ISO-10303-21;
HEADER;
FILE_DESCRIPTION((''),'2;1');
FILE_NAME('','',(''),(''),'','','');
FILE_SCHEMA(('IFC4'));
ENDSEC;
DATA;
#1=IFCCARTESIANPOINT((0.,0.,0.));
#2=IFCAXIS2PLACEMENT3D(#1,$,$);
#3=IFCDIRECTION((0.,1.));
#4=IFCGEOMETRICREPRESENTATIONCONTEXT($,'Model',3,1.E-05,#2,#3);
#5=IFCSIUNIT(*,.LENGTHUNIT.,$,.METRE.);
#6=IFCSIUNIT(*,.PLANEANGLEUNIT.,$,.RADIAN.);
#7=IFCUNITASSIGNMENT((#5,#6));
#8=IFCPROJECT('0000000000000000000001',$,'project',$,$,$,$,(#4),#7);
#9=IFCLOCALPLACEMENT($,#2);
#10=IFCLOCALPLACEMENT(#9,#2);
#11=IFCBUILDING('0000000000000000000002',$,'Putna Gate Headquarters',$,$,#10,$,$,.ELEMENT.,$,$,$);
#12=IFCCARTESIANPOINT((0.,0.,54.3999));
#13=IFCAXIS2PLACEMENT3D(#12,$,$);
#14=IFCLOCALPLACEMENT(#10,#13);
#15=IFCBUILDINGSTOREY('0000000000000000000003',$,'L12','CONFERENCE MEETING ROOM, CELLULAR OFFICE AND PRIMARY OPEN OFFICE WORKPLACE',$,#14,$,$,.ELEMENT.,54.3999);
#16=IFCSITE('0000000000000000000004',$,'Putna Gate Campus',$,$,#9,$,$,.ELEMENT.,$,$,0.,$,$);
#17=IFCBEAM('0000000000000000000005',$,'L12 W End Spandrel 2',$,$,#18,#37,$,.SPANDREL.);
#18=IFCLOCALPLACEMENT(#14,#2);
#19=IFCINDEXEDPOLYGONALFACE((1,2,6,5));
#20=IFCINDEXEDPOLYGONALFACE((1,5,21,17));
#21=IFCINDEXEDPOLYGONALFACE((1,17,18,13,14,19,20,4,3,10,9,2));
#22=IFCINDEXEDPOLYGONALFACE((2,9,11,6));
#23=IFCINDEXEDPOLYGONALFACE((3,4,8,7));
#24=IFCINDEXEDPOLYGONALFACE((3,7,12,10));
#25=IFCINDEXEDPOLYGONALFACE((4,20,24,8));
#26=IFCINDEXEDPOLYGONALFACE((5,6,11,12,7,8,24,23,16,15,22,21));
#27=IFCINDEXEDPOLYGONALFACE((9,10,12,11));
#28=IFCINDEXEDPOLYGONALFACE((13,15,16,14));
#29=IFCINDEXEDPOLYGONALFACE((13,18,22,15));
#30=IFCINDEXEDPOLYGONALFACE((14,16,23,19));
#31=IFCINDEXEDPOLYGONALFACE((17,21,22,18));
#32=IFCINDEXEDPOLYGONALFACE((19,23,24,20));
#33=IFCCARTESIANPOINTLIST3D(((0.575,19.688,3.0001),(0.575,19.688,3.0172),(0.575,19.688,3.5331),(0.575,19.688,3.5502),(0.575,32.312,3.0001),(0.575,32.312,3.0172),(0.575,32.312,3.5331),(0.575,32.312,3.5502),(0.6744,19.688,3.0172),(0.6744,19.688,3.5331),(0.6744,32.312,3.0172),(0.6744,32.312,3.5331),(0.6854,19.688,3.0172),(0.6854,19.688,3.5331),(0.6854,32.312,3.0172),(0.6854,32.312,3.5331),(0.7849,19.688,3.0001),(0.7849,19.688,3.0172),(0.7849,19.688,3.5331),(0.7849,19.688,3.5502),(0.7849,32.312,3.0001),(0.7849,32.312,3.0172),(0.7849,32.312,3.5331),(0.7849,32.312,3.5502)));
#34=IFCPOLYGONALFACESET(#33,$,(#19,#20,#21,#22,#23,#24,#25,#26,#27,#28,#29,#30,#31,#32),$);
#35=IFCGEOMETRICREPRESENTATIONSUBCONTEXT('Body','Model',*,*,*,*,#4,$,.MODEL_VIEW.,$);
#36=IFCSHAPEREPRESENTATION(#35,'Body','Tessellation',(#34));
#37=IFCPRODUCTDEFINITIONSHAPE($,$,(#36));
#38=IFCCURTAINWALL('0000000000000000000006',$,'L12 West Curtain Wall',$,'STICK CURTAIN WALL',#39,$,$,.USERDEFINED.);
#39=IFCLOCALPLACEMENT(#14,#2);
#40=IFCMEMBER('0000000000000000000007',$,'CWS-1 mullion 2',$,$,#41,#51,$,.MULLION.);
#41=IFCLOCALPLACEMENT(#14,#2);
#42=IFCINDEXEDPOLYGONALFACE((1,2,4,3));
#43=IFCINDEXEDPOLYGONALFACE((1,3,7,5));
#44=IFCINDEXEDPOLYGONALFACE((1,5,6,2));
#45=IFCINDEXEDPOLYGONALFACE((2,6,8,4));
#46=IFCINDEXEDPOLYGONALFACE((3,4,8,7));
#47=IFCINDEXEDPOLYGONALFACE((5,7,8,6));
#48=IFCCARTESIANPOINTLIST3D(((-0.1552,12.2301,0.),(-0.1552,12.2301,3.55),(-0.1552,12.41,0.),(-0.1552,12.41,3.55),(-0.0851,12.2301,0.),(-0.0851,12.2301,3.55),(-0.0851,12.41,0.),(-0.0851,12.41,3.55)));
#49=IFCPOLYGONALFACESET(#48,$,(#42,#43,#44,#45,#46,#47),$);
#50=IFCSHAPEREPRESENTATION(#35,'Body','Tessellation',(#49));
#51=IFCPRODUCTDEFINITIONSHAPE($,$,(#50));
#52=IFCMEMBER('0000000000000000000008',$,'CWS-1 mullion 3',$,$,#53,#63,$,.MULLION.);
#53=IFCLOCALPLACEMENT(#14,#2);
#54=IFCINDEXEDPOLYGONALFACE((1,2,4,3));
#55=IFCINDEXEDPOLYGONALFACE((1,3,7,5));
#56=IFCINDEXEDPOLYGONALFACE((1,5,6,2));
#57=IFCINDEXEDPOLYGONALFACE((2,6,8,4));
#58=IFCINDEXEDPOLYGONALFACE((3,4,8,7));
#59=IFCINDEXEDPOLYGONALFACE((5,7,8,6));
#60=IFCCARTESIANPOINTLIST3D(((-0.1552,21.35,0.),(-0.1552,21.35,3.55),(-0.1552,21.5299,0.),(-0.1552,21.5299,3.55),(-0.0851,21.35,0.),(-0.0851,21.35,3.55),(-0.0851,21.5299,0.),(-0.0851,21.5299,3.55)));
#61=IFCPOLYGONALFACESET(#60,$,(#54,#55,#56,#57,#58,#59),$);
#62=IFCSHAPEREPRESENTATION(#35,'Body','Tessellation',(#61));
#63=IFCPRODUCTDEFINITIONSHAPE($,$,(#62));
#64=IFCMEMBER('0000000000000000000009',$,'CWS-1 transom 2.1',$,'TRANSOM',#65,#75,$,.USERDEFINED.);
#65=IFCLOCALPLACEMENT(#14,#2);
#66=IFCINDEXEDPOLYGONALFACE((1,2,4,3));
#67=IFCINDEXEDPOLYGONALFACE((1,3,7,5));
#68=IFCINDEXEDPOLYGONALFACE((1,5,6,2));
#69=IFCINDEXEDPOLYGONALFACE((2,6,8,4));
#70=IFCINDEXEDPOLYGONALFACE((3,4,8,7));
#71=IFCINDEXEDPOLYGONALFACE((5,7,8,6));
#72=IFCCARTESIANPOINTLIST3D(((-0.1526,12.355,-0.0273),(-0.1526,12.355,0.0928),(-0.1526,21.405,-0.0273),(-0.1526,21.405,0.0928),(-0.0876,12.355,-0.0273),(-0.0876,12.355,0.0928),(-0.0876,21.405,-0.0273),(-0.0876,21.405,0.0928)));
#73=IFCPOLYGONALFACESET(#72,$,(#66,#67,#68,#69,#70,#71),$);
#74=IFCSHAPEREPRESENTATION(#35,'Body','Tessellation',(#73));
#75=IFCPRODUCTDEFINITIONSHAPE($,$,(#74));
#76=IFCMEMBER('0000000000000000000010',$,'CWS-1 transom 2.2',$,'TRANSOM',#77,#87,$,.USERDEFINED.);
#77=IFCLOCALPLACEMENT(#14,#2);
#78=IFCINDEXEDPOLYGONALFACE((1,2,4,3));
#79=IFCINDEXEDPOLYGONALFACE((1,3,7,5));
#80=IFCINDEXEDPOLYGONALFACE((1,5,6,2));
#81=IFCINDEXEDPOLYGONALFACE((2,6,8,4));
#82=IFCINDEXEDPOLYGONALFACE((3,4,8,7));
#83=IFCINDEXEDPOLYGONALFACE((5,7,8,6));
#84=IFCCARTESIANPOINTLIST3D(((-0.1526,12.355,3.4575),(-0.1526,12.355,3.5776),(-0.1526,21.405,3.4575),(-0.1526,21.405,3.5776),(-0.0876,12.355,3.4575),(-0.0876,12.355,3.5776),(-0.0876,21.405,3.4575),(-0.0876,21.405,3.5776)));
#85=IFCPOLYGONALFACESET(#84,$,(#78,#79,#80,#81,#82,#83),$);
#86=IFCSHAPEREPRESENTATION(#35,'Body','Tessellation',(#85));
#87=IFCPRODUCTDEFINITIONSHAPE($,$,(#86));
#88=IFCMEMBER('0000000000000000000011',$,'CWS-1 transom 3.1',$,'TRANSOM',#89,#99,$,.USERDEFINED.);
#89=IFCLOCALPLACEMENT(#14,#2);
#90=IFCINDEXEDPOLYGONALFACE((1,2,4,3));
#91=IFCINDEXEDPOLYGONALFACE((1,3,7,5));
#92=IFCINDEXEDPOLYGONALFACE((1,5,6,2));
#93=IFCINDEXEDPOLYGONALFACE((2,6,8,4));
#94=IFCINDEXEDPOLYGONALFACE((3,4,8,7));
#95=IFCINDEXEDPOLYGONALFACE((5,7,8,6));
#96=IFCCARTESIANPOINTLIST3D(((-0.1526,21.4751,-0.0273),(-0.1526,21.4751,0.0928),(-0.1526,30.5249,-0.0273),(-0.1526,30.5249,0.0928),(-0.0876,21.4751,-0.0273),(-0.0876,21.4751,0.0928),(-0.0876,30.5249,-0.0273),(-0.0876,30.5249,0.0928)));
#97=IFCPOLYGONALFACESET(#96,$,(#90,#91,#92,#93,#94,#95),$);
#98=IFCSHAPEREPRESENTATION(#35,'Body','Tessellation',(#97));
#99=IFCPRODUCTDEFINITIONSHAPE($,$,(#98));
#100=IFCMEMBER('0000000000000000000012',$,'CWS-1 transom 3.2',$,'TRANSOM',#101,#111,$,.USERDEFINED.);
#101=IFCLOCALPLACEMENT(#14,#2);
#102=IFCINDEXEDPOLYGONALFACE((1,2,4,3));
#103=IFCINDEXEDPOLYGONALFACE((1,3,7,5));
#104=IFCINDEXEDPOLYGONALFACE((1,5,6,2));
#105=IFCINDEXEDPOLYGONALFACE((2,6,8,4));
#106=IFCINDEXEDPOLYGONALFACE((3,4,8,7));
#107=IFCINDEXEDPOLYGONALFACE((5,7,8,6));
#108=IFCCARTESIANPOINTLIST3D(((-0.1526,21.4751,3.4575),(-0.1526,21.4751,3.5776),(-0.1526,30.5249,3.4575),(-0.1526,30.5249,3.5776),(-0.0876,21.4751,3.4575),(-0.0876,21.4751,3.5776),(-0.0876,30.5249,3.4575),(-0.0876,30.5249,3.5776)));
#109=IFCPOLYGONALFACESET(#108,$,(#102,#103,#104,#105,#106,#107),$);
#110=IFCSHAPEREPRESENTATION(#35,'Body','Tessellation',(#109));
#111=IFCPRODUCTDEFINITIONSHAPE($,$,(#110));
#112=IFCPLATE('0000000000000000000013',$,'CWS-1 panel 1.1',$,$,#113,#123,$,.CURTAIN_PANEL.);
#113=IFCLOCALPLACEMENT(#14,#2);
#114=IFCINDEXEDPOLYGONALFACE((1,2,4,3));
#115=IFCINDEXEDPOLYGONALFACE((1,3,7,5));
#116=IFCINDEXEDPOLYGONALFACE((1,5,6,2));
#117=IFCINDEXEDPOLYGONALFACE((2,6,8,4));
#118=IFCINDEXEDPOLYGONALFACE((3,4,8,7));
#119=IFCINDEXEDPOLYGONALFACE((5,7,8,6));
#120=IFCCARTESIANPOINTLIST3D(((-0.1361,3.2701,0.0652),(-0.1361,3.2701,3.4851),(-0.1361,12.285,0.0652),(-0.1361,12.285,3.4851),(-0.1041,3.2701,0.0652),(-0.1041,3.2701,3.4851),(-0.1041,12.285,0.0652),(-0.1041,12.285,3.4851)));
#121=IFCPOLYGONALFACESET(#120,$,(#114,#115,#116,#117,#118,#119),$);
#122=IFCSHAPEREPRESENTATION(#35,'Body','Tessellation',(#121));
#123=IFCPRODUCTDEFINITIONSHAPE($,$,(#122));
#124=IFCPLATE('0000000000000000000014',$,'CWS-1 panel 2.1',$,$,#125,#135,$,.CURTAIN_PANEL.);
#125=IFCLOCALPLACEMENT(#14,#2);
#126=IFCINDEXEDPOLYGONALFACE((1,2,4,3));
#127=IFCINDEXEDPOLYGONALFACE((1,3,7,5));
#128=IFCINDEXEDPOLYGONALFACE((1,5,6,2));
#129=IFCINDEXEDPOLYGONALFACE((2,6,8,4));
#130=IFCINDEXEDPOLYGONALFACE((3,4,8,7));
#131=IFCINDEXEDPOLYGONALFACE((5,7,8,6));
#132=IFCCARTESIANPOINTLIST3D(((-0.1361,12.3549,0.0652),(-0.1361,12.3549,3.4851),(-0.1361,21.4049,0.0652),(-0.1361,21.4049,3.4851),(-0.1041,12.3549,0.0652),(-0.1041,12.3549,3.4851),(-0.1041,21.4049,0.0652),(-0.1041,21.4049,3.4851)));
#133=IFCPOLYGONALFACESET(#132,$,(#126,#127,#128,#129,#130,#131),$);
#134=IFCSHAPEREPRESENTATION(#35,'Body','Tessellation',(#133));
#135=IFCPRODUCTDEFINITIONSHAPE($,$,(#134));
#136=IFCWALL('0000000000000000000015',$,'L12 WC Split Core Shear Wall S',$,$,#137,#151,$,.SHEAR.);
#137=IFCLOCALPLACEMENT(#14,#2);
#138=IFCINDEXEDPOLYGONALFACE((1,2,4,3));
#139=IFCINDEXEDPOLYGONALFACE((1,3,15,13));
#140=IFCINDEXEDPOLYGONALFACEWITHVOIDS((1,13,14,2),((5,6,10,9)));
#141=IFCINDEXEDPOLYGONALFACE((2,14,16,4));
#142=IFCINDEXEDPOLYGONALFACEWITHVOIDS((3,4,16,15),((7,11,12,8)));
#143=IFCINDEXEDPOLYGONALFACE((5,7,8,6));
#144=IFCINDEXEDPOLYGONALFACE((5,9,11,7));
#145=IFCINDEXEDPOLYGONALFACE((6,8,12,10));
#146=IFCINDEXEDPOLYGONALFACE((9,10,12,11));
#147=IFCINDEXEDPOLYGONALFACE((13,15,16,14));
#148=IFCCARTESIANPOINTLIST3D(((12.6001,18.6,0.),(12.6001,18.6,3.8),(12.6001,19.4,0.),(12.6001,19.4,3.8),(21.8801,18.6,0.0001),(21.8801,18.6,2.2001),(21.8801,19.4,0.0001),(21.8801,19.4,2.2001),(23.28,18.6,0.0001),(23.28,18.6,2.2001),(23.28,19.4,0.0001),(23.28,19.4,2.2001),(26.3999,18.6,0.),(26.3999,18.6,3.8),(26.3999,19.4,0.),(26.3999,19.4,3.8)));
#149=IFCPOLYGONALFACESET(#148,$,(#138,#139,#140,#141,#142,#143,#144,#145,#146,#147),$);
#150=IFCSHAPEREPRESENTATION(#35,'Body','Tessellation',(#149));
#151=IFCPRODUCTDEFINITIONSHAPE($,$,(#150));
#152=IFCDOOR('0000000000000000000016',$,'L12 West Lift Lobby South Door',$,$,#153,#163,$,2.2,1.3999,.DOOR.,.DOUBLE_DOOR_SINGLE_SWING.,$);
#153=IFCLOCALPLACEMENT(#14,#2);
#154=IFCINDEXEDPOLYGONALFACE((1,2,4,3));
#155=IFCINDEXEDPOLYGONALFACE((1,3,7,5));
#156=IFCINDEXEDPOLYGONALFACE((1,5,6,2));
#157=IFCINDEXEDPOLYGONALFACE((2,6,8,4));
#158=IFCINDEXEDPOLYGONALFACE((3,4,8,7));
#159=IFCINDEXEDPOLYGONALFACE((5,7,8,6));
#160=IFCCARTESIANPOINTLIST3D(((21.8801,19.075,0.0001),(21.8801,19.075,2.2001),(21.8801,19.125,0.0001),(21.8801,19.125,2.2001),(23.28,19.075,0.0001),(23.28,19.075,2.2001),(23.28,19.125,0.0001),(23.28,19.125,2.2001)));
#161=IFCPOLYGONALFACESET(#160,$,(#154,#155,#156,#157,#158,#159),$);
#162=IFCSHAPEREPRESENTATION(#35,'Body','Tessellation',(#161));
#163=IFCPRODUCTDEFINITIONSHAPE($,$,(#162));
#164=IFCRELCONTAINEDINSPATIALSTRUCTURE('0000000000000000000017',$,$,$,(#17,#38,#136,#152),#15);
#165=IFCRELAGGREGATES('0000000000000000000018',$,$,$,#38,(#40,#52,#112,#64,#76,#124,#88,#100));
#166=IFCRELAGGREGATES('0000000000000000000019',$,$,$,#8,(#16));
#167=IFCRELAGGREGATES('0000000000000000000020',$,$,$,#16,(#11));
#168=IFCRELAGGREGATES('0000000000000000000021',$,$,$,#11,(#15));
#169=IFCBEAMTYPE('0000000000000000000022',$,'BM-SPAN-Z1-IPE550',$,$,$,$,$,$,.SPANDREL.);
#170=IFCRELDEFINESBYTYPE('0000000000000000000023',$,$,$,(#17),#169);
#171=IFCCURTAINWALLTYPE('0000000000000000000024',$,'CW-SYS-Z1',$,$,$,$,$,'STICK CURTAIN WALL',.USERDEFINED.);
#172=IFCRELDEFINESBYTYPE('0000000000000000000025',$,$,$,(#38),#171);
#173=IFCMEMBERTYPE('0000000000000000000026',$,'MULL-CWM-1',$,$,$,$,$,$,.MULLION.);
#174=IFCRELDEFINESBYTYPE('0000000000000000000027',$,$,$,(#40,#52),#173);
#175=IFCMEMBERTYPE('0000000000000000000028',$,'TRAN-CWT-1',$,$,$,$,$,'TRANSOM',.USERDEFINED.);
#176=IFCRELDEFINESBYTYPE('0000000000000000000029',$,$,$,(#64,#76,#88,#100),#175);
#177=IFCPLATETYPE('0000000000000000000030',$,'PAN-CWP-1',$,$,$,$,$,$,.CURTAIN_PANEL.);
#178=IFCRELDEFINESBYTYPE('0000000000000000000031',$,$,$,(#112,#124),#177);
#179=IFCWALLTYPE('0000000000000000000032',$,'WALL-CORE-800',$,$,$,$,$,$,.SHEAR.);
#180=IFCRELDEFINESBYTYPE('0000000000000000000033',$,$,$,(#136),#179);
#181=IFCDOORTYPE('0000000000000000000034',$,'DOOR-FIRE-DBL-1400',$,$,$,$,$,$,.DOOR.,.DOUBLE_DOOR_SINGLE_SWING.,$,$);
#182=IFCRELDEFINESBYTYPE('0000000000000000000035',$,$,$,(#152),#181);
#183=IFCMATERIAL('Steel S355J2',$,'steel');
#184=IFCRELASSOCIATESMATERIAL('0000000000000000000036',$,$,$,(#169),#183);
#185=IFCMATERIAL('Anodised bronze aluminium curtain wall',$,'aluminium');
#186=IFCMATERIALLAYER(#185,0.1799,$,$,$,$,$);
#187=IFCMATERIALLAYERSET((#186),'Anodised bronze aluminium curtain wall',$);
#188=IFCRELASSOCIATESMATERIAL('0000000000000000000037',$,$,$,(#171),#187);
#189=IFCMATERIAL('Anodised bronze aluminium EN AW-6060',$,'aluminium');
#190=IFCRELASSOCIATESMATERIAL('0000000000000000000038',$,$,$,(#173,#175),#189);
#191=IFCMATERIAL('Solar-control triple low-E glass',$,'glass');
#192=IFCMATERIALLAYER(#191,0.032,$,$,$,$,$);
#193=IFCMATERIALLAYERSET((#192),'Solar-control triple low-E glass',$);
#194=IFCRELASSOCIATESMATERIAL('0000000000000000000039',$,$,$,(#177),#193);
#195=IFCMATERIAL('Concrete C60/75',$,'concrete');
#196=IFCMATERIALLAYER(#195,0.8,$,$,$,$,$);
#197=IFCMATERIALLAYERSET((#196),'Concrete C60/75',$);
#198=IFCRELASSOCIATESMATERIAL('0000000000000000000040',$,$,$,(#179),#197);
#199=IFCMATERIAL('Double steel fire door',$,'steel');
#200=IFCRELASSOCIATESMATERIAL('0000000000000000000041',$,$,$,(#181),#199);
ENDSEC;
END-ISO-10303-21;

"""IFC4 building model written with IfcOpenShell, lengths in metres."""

from ifc_helpers import new_model, si_unit, direction, frame, frame_2d, origin, origin_2d, place, context, subcontext, project, spatial, rectangle, i_section, extrude, material, layer, layer_set, material_profile, profile_set, type_object, element, fill, aggregate, save


model = new_model("IFC4")

# Units and contexts
model_context = context("Model", 3, precision=1e-05, world=origin(), true_north=direction((0.0, 1.0)))
body_context = subcontext(model_context, "Body", "Model", "MODEL_VIEW")
ifc_project = project(units=[si_unit("LENGTHUNIT", "METRE"), si_unit("PLANEANGLEUNIT", "RADIAN")], contexts=[model_context])

# Site, building, storey
site_placement = place(None, origin())
site = spatial("IfcSite", under=ifc_project, at=site_placement, Name="Putna Gate Campus", CompositionType="ELEMENT", RefElevation=0.0)
building_placement = place(site_placement, origin())
building = spatial("IfcBuilding", under=site, at=building_placement, Name="Putna Gate Headquarters", CompositionType="ELEMENT")
storey_placement = place(building_placement, frame((0.0, 0.0, 54.3999)))
storey = spatial("IfcBuildingStorey", under=building, at=storey_placement, Name="L12", Description="CONFERENCE MEETING ROOM, CELLULAR OFFICE AND PRIMARY OPEN OFFICE WORKPLACE", CompositionType="ELEMENT", Elevation=54.3999)

# Shared definitions
ifc_material_1 = material(Name="Concrete C60/75", Category="concrete")

# Beam
ifc_material_2 = material(Name="Steel S355J2", Category="steel")
ifc_material_profile_1 = material_profile(ifc_material_2, i_section(OverallWidth=0.21, OverallDepth=0.55, WebThickness=0.011, FlangeThickness=0.0171, at=origin_2d()), Name="Steel S355J2")
ifc_profile_set_1 = profile_set([ifc_material_profile_1], Name="Steel S355J2")
beam_type_1 = type_object("IfcBeamType", Name="BM-SPAN-Z1-IPE550", PredefinedType="SPANDREL", material=ifc_profile_set_1)
beam_1_placement = place(storey_placement, frame((0.6799, 19.688, 3.2751), z_axis=(0.0, 1.0, 0.0), x_axis=(-1.0, 0.0, 0.0)))
element("IfcBeam", 1, at=beam_1_placement, inside=storey, type_object=beam_type_1, Name="L12 W End Spandrel 2", PredefinedType="SPANDREL", context=body_context, shape_type="SweptSolid", body=[
    extrude(i_section(OverallWidth=0.21, OverallDepth=0.55, WebThickness=0.011, FlangeThickness=0.0171, at=origin_2d()), origin(), (0.0, 0.0, 1.0), 12.624),
])

# Curtain wall, members, plates
ifc_material_3 = material(Name="Anodised bronze aluminium curtain wall", Category="aluminium")
ifc_layer_1 = layer(ifc_material_3, 0.1799)
ifc_layer_set_1 = layer_set([ifc_layer_1], Name="Anodised bronze aluminium curtain wall")
curtain_wall_type = type_object("IfcCurtainWallType", Name="CW-SYS-Z1", ElementType="STICK CURTAIN WALL", PredefinedType="USERDEFINED", material=ifc_layer_set_1)
curtain_wall_placement = place(storey_placement, origin())
curtain_wall = element("IfcCurtainWall", 2, at=curtain_wall_placement, inside=storey, type_object=curtain_wall_type, Name="L12 West Curtain Wall", ObjectType="STICK CURTAIN WALL", PredefinedType="USERDEFINED")
ifc_material_4 = material(Name="Anodised bronze aluminium EN AW-6060", Category="aluminium")
ifc_material_profile_2 = material_profile(ifc_material_4, rectangle(XDim=0.0701, YDim=0.1799, at=origin_2d()), Name="Anodised bronze aluminium EN AW-6060")
ifc_profile_set_2 = profile_set([ifc_material_profile_2], Name="Anodised bronze aluminium EN AW-6060")
member_type_1 = type_object("IfcMemberType", Name="MULL-CWM-1", PredefinedType="MULLION", material=ifc_profile_set_2)
member_1_placement = place(storey_placement, frame((-0.1201, 12.3201, 0.0), z_axis=(0.0, 0.0, 1.0), x_axis=(-1.0, 0.0, 0.0)))
member_1 = element("IfcMember", 3, at=member_1_placement, type_object=member_type_1, Name="CWS-1 mullion 2", PredefinedType="MULLION", context=body_context, shape_type="SweptSolid", body=[
    extrude(rectangle(XDim=0.0701, YDim=0.1799, at=origin_2d()), origin(), (0.0, 0.0, 1.0), 3.55),
])
member_2_placement = place(storey_placement, frame((-0.1201, 21.4399, 0.0), z_axis=(0.0, 0.0, 1.0), x_axis=(-1.0, 0.0, 0.0)))
member_2 = element("IfcMember", 4, at=member_2_placement, type_object=member_type_1, Name="CWS-1 mullion 3", PredefinedType="MULLION", context=body_context, shape_type="SweptSolid", body=[
    extrude(rectangle(XDim=0.0701, YDim=0.1799, at=origin_2d()), origin(), (0.0, 0.0, 1.0), 3.55),
])
ifc_material_profile_3 = material_profile(ifc_material_4, rectangle(XDim=0.0649, YDim=0.1201, at=origin_2d()), Name="Anodised bronze aluminium EN AW-6060")
ifc_profile_set_3 = profile_set([ifc_material_profile_3], Name="Anodised bronze aluminium EN AW-6060")
member_type_2 = type_object("IfcMemberType", Name="TRAN-CWT-1", ElementType="TRANSOM", PredefinedType="USERDEFINED", material=ifc_profile_set_3)
member_3_placement = place(storey_placement, frame((-0.1201, 12.355, 0.0327), z_axis=(0.0, 1.0, 0.0), x_axis=(-1.0, 0.0, 0.0)))
member_3 = element("IfcMember", 5, at=member_3_placement, type_object=member_type_2, Name="CWS-1 transom 2.1", ObjectType="TRANSOM", PredefinedType="USERDEFINED", context=body_context, shape_type="SweptSolid", body=[
    extrude(rectangle(XDim=0.0649, YDim=0.1201, at=origin_2d()), origin(), (0.0, 0.0, 1.0), 9.05),
])
member_4_placement = place(storey_placement, frame((-0.1201, 12.355, 3.5176), z_axis=(0.0, 1.0, 0.0), x_axis=(-1.0, 0.0, 0.0)))
member_4 = element("IfcMember", 6, at=member_4_placement, type_object=member_type_2, Name="CWS-1 transom 2.2", ObjectType="TRANSOM", PredefinedType="USERDEFINED", context=body_context, shape_type="SweptSolid", body=[
    extrude(rectangle(XDim=0.0649, YDim=0.1201, at=origin_2d()), origin(), (0.0, 0.0, 1.0), 9.05),
])
member_5_placement = place(storey_placement, frame((-0.1201, 21.4751, 0.0327), z_axis=(0.0, 1.0, 0.0), x_axis=(-1.0, 0.0, 0.0)))
member_5 = element("IfcMember", 7, at=member_5_placement, type_object=member_type_2, Name="CWS-1 transom 3.1", ObjectType="TRANSOM", PredefinedType="USERDEFINED", context=body_context, shape_type="SweptSolid", body=[
    extrude(rectangle(XDim=0.0649, YDim=0.1201, at=origin_2d()), origin(), (0.0, 0.0, 1.0), 9.0498),
])
member_6_placement = place(storey_placement, frame((-0.1201, 21.4751, 3.5176), z_axis=(0.0, 1.0, 0.0), x_axis=(-1.0, 0.0, 0.0)))
member_6 = element("IfcMember", 8, at=member_6_placement, type_object=member_type_2, Name="CWS-1 transom 3.2", ObjectType="TRANSOM", PredefinedType="USERDEFINED", context=body_context, shape_type="SweptSolid", body=[
    extrude(rectangle(XDim=0.0649, YDim=0.1201, at=origin_2d()), origin(), (0.0, 0.0, 1.0), 9.0498),
])
ifc_material_5 = material(Name="Solar-control triple low-E glass", Category="glass")
ifc_layer_2 = layer(ifc_material_5, 0.032)
ifc_layer_set_2 = layer_set([ifc_layer_2], Name="Solar-control triple low-E glass")
plate_type = type_object("IfcPlateType", Name="PAN-CWP-1", PredefinedType="CURTAIN_PANEL", material=ifc_layer_set_2)
plate_1_placement = place(storey_placement, frame((-0.1201, 7.7776, 0.0652), z_axis=(0.0, 0.0, 1.0), x_axis=(0.0, 1.0, 0.0)))
plate_1 = element("IfcPlate", 9, at=plate_1_placement, type_object=plate_type, Name="CWS-1 panel 1.1", PredefinedType="CURTAIN_PANEL", context=body_context, shape_type="SweptSolid", body=[
    extrude(rectangle(XDim=9.0149, YDim=0.032, at=origin_2d()), origin(), (0.0, 0.0, 1.0), 3.4199),
])
plate_2_placement = place(storey_placement, frame((-0.1201, 16.8799, 0.0652), z_axis=(0.0, 0.0, 1.0), x_axis=(0.0, 1.0, 0.0)))
plate_2 = element("IfcPlate", 10, at=plate_2_placement, type_object=plate_type, Name="CWS-1 panel 2.1", PredefinedType="CURTAIN_PANEL", context=body_context, shape_type="SweptSolid", body=[
    extrude(rectangle(XDim=9.05, YDim=0.032, at=origin_2d()), origin(), (0.0, 0.0, 1.0), 3.4199),
])
aggregate(curtain_wall, [member_1, member_2, plate_1, member_3, member_4, plate_2, member_5, member_6])

# Wall, opening, door
ifc_layer_3 = layer(ifc_material_1, 0.8)
ifc_layer_set_3 = layer_set([ifc_layer_3], Name="Concrete C60/75")
wall_type_1 = type_object("IfcWallType", Name="WALL-CORE-800", PredefinedType="SHEAR", material=ifc_layer_set_3)
wall_1_placement = place(storey_placement, frame((12.6001, 19.0, 0.0), z_axis=(0.0, 0.0, 1.0), x_axis=(1.0, 0.0, 0.0)))
wall_1 = element("IfcWall", 11, at=wall_1_placement, inside=storey, type_object=wall_type_1, Name="L12 WC Split Core Shear Wall S", PredefinedType="SHEAR", context=body_context, shape_type="SweptSolid", body=[
    extrude(rectangle(XDim=13.7998, YDim=0.8, at=frame_2d((6.8999, 0.0))), origin(), (0.0, 0.0, 1.0), 3.8),
])
opening_1_placement = place(wall_1_placement, frame((9.28, 0.0, 0.0)))
opening_1 = element("IfcOpeningElement", 12, at=opening_1_placement, cuts=wall_1, PredefinedType="OPENING", context=body_context, shape_type="SweptSolid", body=[
    extrude(rectangle(XDim=1.3999, YDim=2.2, at=frame_2d((0.7, 1.1001))), frame((0.0, 0.4099, 0.0), z_axis=(0.0, -1.0, 0.0), x_axis=(1.0, 0.0, 0.0)), (0.0, 0.0, 1.0), 0.8201),
])
ifc_material_6 = material(Name="Double steel fire door", Category="steel")
door_type_1 = type_object("IfcDoorType", Name="DOOR-FIRE-DBL-1400", OperationType="DOUBLE_DOOR_SINGLE_SWING", PredefinedType="DOOR", material=ifc_material_6)
door_1_placement = place(opening_1_placement, origin())
door_1 = element("IfcDoor", 13, at=door_1_placement, inside=storey, type_object=door_type_1, Name="L12 West Lift Lobby South Door", OperationType="DOUBLE_DOOR_SINGLE_SWING", OverallHeight=2.2, OverallWidth=1.3999, PredefinedType="DOOR", context=body_context, shape_type="SweptSolid", body=[
    extrude(rectangle(XDim=1.3999, YDim=2.2, at=frame_2d((0.7, 1.1001))), frame((0.0, 0.125, 0.0), z_axis=(0.0, -1.0, 0.0), x_axis=(1.0, 0.0, 0.0)), (0.0, 0.0, 1.0), 0.05),
])
fill(opening_1, door_1)

save(model, "model.ifc")
